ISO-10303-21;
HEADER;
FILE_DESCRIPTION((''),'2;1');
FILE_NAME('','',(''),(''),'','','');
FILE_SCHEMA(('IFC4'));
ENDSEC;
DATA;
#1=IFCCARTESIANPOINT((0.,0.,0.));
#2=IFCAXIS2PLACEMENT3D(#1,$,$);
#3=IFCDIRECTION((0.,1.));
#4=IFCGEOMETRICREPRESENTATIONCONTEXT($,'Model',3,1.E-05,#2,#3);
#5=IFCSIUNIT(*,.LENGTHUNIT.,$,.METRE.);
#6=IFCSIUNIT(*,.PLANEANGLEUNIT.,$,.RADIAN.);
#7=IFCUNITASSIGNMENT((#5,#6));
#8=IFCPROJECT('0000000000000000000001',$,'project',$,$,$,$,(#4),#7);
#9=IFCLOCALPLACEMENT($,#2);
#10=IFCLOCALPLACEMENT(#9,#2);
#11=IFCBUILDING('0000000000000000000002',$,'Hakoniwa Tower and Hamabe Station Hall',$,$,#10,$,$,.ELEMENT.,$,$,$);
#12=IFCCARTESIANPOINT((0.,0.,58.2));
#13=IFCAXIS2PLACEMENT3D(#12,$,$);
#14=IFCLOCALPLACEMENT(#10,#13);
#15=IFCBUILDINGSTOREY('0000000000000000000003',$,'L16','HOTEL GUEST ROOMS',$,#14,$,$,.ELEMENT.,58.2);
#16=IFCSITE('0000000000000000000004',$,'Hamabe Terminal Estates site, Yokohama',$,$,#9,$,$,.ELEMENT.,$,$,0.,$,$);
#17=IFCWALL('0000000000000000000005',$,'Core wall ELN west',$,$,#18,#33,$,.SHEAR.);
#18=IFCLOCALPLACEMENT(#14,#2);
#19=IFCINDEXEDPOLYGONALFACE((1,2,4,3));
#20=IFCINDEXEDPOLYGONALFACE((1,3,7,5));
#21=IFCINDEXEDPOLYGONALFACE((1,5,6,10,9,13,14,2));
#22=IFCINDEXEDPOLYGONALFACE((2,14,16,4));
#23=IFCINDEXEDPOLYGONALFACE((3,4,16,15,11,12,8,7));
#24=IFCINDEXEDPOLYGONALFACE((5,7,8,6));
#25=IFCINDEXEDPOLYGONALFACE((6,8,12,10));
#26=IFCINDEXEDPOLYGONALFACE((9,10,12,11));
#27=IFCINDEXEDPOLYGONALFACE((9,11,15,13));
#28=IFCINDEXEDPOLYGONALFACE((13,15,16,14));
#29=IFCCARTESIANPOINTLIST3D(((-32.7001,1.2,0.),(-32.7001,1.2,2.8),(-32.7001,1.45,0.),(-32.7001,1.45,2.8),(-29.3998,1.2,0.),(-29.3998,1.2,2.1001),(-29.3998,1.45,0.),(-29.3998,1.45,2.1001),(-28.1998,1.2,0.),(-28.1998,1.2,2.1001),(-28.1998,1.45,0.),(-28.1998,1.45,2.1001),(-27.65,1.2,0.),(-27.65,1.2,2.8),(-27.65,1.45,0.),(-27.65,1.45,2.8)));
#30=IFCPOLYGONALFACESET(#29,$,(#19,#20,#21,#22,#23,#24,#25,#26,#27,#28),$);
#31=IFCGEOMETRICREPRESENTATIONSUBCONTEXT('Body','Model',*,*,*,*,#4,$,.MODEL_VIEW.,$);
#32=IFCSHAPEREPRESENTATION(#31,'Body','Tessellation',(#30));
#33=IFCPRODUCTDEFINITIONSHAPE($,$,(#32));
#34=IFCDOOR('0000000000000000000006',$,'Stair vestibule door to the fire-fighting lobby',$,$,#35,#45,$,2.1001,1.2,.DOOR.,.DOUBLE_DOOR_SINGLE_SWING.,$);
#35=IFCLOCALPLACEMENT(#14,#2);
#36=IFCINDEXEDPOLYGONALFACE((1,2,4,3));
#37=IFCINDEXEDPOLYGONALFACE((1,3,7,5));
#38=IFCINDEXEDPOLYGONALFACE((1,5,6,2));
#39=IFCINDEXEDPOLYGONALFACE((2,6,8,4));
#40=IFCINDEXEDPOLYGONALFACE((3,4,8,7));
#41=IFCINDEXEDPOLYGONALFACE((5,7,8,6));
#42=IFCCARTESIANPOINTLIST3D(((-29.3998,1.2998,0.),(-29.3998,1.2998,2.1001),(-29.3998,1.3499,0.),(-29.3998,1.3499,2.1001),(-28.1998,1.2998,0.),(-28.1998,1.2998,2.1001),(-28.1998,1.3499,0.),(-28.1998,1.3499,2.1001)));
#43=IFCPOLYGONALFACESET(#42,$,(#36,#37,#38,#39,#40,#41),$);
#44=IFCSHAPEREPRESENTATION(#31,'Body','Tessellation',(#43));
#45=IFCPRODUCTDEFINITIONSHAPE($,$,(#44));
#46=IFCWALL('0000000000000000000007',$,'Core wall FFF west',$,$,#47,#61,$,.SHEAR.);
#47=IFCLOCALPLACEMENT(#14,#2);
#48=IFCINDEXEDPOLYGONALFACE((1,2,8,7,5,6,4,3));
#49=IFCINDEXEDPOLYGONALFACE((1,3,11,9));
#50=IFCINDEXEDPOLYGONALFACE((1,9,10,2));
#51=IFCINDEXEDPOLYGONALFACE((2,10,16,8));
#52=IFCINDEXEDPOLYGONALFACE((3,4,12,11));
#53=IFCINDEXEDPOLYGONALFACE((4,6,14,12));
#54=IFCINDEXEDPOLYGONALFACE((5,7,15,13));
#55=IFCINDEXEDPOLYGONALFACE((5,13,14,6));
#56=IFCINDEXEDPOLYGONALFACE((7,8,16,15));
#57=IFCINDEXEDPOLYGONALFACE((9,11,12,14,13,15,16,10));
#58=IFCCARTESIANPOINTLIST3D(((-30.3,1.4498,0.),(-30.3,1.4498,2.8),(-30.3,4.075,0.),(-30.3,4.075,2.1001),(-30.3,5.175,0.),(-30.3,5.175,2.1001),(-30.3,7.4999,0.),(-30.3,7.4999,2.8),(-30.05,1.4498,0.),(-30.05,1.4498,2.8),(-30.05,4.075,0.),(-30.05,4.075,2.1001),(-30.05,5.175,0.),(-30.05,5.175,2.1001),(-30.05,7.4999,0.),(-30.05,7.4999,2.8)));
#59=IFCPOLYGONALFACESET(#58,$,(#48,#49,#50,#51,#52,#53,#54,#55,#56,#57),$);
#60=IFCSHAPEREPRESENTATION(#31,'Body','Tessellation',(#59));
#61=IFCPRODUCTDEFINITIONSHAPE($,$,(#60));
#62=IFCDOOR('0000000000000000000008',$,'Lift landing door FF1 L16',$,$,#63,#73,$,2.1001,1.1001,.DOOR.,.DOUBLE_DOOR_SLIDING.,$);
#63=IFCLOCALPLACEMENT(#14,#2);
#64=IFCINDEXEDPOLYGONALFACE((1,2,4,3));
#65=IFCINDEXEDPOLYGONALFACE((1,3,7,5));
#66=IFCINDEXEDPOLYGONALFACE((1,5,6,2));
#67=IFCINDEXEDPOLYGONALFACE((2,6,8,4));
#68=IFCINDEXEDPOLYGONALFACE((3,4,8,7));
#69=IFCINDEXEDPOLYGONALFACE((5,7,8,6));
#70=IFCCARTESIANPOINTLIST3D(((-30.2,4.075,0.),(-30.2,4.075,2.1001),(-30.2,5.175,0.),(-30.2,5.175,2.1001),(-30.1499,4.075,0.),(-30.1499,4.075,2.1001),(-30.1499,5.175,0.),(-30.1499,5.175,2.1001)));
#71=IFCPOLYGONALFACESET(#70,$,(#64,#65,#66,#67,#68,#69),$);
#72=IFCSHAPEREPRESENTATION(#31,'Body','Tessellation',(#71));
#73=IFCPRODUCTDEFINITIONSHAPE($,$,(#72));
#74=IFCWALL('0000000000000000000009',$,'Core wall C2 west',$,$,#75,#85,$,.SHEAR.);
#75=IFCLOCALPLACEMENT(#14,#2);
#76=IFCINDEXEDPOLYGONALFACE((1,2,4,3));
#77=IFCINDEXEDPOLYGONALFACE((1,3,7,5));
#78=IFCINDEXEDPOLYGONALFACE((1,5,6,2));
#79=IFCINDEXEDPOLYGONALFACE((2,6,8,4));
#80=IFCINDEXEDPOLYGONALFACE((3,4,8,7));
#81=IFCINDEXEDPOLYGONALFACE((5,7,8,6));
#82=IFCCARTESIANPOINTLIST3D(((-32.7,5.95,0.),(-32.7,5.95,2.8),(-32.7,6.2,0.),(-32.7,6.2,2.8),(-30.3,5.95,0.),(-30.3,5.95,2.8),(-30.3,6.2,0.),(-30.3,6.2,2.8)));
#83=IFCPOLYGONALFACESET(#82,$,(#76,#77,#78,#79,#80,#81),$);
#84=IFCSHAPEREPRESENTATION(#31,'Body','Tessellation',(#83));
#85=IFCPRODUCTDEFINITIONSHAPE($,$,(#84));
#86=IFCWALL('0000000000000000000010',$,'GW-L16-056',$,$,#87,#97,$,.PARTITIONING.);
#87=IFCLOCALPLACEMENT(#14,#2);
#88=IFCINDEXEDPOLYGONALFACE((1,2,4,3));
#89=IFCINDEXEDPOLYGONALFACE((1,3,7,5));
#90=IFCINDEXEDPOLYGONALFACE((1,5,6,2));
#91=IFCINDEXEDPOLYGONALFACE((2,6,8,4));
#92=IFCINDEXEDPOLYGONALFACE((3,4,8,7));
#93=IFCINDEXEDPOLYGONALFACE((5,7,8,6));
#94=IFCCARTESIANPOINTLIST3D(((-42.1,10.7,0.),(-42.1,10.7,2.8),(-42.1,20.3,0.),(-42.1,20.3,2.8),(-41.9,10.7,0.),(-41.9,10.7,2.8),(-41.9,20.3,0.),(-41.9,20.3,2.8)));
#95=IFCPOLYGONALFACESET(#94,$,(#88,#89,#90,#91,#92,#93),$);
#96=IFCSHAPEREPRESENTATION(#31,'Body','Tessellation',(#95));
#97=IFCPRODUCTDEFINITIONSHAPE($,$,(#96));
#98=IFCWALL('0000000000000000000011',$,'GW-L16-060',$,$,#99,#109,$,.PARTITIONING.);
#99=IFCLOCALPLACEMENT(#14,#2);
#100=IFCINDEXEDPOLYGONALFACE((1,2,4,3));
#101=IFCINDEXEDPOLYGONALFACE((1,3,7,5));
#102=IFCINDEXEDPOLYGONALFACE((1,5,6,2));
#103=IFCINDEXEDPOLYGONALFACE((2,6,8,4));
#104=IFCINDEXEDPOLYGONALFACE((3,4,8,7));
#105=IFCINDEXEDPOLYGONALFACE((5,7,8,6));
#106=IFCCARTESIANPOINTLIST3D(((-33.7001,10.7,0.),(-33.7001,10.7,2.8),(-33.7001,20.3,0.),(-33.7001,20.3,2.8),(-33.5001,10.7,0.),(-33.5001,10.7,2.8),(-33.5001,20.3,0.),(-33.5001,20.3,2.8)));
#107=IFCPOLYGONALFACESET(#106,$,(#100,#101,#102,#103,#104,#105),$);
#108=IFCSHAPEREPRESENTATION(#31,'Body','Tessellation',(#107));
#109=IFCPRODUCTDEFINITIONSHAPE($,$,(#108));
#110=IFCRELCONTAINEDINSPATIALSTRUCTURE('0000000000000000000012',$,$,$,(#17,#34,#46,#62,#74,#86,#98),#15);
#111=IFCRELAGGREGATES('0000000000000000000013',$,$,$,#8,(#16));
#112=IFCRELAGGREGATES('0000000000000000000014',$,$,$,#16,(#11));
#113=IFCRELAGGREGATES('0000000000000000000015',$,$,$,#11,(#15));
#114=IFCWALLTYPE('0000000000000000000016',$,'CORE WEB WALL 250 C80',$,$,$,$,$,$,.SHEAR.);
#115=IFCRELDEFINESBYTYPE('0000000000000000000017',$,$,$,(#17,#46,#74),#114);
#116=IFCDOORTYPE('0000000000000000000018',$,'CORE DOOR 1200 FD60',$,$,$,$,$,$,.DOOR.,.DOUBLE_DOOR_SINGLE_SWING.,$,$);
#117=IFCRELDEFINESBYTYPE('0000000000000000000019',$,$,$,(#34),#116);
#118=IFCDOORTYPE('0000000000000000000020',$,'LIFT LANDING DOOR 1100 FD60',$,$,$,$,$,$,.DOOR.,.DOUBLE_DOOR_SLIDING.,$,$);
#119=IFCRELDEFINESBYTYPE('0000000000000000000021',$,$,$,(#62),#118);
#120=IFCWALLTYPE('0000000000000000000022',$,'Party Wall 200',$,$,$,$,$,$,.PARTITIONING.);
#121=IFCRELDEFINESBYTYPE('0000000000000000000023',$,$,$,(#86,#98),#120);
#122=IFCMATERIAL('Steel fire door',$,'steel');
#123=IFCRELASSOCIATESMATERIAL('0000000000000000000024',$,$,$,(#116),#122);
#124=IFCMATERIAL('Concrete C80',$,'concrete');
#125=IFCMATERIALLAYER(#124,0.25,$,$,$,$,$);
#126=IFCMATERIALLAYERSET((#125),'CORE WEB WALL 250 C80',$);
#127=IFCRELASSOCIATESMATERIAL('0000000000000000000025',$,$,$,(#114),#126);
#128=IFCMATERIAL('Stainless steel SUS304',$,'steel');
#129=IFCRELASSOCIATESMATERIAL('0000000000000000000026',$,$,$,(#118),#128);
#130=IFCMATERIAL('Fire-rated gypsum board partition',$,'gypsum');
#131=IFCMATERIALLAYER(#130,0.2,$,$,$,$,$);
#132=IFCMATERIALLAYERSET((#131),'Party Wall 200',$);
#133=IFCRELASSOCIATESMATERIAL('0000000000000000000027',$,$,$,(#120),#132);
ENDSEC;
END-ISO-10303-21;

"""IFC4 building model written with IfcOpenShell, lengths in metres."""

from ifc_helpers import new_model, si_unit, direction, frame, frame_2d, origin, place, context, subcontext, project, spatial, rectangle, extrude, material, layer, layer_set, type_object, element, fill, save


model = new_model("IFC4")

# Units and contexts
model_context = context("Model", 3, precision=1e-05, world=origin(), true_north=direction((0.0, 1.0)))
body_context = subcontext(model_context, "Body", "Model", "MODEL_VIEW")
ifc_project = project(units=[si_unit("LENGTHUNIT", "METRE"), si_unit("PLANEANGLEUNIT", "RADIAN")], contexts=[model_context])

# Site, building, storey
site_placement = place(None, origin())
site = spatial("IfcSite", under=ifc_project, at=site_placement, Name="Hamabe Terminal Estates site, Yokohama", CompositionType="ELEMENT", RefElevation=0.0)
building_placement = place(site_placement, origin())
building = spatial("IfcBuilding", under=site, at=building_placement, Name="Hakoniwa Tower and Hamabe Station Hall", CompositionType="ELEMENT")
storey_placement = place(building_placement, frame((0.0, 0.0, 58.2)))
storey = spatial("IfcBuildingStorey", under=building, at=storey_placement, Name="L16", Description="HOTEL GUEST ROOMS", CompositionType="ELEMENT", Elevation=58.2)

# Shared definitions
ifc_material_1 = material(Name="Steel fire door", Category="steel")
door_type_1 = type_object("IfcDoorType", Name="CORE DOOR 1200 FD60", OperationType="DOUBLE_DOOR_SINGLE_SWING", PredefinedType="DOOR", material=ifc_material_1)

# Shared definitions
ifc_material_2 = material(Name="Concrete C80", Category="concrete")
ifc_layer_1 = layer(ifc_material_2, 0.25)
ifc_layer_set_1 = layer_set([ifc_layer_1], Name="CORE WEB WALL 250 C80")
wall_type_1 = type_object("IfcWallType", Name="CORE WEB WALL 250 C80", PredefinedType="SHEAR", material=ifc_layer_set_1)
ifc_material_3 = material(Name="Stainless steel SUS304", Category="steel")
door_type_2 = type_object("IfcDoorType", Name="LIFT LANDING DOOR 1100 FD60", OperationType="DOUBLE_DOOR_SLIDING", PredefinedType="DOOR", material=ifc_material_3)

# Walls, openings, doors
wall_1_placement = place(storey_placement, frame((-32.7, 1.325, 0.0), z_axis=(0.0, 0.0, 1.0), x_axis=(1.0, 0.0, 0.0)))
wall_1 = element("IfcWall", 1, at=wall_1_placement, inside=storey, type_object=wall_type_1, Name="Core wall ELN west", PredefinedType="SHEAR", context=body_context, shape_type="SweptSolid", body=[
    extrude(rectangle(XDim=5.05, YDim=0.25, at=frame_2d((2.5249, 0.0))), origin(), (0.0, 0.0, 1.0), 2.8),
])
opening_1_placement = place(wall_1_placement, frame((3.3, 0.0, 0.0)))
opening_1 = element("IfcOpeningElement", 2, at=opening_1_placement, cuts=wall_1, PredefinedType="OPENING", context=body_context, shape_type="SweptSolid", body=[
    extrude(rectangle(XDim=1.2, YDim=2.1001, at=frame_2d((0.6001, 1.05))), frame((0.0, 0.135, 0.0), z_axis=(0.0, -1.0, 0.0), x_axis=(1.0, 0.0, 0.0)), (0.0, 0.0, 1.0), 0.27),
])
door_1_placement = place(opening_1_placement, origin())
door_1 = element("IfcDoor", 3, at=door_1_placement, inside=storey, type_object=door_type_1, Name="Stair vestibule door to the fire-fighting lobby", OperationType="DOUBLE_DOOR_SINGLE_SWING", OverallHeight=2.1001, OverallWidth=1.2, PredefinedType="DOOR", context=body_context, shape_type="SweptSolid", body=[
    extrude(rectangle(XDim=1.2, YDim=2.1001, at=frame_2d((0.6001, 1.05))), frame((0.0, 0.0249, 0.0), z_axis=(0.0, -1.0, 0.0), x_axis=(1.0, 0.0, 0.0)), (0.0, 0.0, 1.0), 0.05),
])
fill(opening_1, door_1)
wall_2_placement = place(storey_placement, frame((-30.175, 1.45, 0.0), z_axis=(0.0, 0.0, 1.0), x_axis=(0.0, 1.0, 0.0)))
wall_2 = element("IfcWall", 4, at=wall_2_placement, inside=storey, type_object=wall_type_1, Name="Core wall FFF west", PredefinedType="SHEAR", context=body_context, shape_type="SweptSolid", body=[
    extrude(rectangle(XDim=6.05, YDim=0.25, at=frame_2d((3.0249, 0.0))), origin(), (0.0, 0.0, 1.0), 2.8),
])
opening_2_placement = place(wall_2_placement, frame((2.625, 0.0, 0.0)))
opening_2 = element("IfcOpeningElement", 5, at=opening_2_placement, cuts=wall_2, PredefinedType="OPENING", context=body_context, shape_type="SweptSolid", body=[
    extrude(rectangle(XDim=1.1001, YDim=2.1001, at=frame_2d((0.55, 1.05))), frame((0.0, 0.135, 0.0), z_axis=(0.0, -1.0, 0.0), x_axis=(1.0, 0.0, 0.0)), (0.0, 0.0, 1.0), 0.27),
])
door_2_placement = place(opening_2_placement, origin())
door_2 = element("IfcDoor", 6, at=door_2_placement, inside=storey, type_object=door_type_2, Name="Lift landing door FF1 L16", OperationType="DOUBLE_DOOR_SLIDING", OverallHeight=2.1001, OverallWidth=1.1001, PredefinedType="DOOR", context=body_context, shape_type="SweptSolid", body=[
    extrude(rectangle(XDim=1.1001, YDim=2.1001, at=frame_2d((0.55, 1.05))), frame((0.0, 0.0249, 0.0), z_axis=(0.0, -1.0, 0.0), x_axis=(1.0, 0.0, 0.0)), (0.0, 0.0, 1.0), 0.05),
])
fill(opening_2, door_2)

# Walls
wall_3_placement = place(storey_placement, frame((-32.7, 6.075, 0.0), z_axis=(0.0, 0.0, 1.0), x_axis=(1.0, 0.0, 0.0)))
element("IfcWall", 7, at=wall_3_placement, inside=storey, type_object=wall_type_1, Name="Core wall C2 west", PredefinedType="SHEAR", context=body_context, shape_type="SweptSolid", body=[
    extrude(rectangle(XDim=2.3999, YDim=0.25, at=frame_2d((1.2, 0.0))), origin(), (0.0, 0.0, 1.0), 2.8),
])
ifc_material_4 = material(Name="Fire-rated gypsum board partition", Category="gypsum")
ifc_layer_2 = layer(ifc_material_4, 0.2)
ifc_layer_set_2 = layer_set([ifc_layer_2], Name="Party Wall 200")
wall_type_2 = type_object("IfcWallType", Name="Party Wall 200", PredefinedType="PARTITIONING", material=ifc_layer_set_2)
for number, where, z_axis, x_axis, name in (
    (8, (-42.0, 10.7, 0.0), (0.0, 0.0, 1.0), (0.0, 1.0, 0.0), "GW-L16-056"),
    (9, (-33.6001, 10.7, 0.0), (0.0, 0.0, 1.0), (0.0, 1.0, 0.0), "GW-L16-060"),
):
    element("IfcWall", number, at=place(storey_placement, frame(where, z_axis=z_axis, x_axis=x_axis)), inside=storey, type_object=wall_type_2, Name=name, PredefinedType="PARTITIONING", context=body_context, shape_type="SweptSolid", body=[
        extrude(rectangle(XDim=9.6001, YDim=0.2, at=frame_2d((4.8, 0.0))), origin(), (0.0, 0.0, 1.0), 2.8),
    ])

save(model, "model.ifc")
